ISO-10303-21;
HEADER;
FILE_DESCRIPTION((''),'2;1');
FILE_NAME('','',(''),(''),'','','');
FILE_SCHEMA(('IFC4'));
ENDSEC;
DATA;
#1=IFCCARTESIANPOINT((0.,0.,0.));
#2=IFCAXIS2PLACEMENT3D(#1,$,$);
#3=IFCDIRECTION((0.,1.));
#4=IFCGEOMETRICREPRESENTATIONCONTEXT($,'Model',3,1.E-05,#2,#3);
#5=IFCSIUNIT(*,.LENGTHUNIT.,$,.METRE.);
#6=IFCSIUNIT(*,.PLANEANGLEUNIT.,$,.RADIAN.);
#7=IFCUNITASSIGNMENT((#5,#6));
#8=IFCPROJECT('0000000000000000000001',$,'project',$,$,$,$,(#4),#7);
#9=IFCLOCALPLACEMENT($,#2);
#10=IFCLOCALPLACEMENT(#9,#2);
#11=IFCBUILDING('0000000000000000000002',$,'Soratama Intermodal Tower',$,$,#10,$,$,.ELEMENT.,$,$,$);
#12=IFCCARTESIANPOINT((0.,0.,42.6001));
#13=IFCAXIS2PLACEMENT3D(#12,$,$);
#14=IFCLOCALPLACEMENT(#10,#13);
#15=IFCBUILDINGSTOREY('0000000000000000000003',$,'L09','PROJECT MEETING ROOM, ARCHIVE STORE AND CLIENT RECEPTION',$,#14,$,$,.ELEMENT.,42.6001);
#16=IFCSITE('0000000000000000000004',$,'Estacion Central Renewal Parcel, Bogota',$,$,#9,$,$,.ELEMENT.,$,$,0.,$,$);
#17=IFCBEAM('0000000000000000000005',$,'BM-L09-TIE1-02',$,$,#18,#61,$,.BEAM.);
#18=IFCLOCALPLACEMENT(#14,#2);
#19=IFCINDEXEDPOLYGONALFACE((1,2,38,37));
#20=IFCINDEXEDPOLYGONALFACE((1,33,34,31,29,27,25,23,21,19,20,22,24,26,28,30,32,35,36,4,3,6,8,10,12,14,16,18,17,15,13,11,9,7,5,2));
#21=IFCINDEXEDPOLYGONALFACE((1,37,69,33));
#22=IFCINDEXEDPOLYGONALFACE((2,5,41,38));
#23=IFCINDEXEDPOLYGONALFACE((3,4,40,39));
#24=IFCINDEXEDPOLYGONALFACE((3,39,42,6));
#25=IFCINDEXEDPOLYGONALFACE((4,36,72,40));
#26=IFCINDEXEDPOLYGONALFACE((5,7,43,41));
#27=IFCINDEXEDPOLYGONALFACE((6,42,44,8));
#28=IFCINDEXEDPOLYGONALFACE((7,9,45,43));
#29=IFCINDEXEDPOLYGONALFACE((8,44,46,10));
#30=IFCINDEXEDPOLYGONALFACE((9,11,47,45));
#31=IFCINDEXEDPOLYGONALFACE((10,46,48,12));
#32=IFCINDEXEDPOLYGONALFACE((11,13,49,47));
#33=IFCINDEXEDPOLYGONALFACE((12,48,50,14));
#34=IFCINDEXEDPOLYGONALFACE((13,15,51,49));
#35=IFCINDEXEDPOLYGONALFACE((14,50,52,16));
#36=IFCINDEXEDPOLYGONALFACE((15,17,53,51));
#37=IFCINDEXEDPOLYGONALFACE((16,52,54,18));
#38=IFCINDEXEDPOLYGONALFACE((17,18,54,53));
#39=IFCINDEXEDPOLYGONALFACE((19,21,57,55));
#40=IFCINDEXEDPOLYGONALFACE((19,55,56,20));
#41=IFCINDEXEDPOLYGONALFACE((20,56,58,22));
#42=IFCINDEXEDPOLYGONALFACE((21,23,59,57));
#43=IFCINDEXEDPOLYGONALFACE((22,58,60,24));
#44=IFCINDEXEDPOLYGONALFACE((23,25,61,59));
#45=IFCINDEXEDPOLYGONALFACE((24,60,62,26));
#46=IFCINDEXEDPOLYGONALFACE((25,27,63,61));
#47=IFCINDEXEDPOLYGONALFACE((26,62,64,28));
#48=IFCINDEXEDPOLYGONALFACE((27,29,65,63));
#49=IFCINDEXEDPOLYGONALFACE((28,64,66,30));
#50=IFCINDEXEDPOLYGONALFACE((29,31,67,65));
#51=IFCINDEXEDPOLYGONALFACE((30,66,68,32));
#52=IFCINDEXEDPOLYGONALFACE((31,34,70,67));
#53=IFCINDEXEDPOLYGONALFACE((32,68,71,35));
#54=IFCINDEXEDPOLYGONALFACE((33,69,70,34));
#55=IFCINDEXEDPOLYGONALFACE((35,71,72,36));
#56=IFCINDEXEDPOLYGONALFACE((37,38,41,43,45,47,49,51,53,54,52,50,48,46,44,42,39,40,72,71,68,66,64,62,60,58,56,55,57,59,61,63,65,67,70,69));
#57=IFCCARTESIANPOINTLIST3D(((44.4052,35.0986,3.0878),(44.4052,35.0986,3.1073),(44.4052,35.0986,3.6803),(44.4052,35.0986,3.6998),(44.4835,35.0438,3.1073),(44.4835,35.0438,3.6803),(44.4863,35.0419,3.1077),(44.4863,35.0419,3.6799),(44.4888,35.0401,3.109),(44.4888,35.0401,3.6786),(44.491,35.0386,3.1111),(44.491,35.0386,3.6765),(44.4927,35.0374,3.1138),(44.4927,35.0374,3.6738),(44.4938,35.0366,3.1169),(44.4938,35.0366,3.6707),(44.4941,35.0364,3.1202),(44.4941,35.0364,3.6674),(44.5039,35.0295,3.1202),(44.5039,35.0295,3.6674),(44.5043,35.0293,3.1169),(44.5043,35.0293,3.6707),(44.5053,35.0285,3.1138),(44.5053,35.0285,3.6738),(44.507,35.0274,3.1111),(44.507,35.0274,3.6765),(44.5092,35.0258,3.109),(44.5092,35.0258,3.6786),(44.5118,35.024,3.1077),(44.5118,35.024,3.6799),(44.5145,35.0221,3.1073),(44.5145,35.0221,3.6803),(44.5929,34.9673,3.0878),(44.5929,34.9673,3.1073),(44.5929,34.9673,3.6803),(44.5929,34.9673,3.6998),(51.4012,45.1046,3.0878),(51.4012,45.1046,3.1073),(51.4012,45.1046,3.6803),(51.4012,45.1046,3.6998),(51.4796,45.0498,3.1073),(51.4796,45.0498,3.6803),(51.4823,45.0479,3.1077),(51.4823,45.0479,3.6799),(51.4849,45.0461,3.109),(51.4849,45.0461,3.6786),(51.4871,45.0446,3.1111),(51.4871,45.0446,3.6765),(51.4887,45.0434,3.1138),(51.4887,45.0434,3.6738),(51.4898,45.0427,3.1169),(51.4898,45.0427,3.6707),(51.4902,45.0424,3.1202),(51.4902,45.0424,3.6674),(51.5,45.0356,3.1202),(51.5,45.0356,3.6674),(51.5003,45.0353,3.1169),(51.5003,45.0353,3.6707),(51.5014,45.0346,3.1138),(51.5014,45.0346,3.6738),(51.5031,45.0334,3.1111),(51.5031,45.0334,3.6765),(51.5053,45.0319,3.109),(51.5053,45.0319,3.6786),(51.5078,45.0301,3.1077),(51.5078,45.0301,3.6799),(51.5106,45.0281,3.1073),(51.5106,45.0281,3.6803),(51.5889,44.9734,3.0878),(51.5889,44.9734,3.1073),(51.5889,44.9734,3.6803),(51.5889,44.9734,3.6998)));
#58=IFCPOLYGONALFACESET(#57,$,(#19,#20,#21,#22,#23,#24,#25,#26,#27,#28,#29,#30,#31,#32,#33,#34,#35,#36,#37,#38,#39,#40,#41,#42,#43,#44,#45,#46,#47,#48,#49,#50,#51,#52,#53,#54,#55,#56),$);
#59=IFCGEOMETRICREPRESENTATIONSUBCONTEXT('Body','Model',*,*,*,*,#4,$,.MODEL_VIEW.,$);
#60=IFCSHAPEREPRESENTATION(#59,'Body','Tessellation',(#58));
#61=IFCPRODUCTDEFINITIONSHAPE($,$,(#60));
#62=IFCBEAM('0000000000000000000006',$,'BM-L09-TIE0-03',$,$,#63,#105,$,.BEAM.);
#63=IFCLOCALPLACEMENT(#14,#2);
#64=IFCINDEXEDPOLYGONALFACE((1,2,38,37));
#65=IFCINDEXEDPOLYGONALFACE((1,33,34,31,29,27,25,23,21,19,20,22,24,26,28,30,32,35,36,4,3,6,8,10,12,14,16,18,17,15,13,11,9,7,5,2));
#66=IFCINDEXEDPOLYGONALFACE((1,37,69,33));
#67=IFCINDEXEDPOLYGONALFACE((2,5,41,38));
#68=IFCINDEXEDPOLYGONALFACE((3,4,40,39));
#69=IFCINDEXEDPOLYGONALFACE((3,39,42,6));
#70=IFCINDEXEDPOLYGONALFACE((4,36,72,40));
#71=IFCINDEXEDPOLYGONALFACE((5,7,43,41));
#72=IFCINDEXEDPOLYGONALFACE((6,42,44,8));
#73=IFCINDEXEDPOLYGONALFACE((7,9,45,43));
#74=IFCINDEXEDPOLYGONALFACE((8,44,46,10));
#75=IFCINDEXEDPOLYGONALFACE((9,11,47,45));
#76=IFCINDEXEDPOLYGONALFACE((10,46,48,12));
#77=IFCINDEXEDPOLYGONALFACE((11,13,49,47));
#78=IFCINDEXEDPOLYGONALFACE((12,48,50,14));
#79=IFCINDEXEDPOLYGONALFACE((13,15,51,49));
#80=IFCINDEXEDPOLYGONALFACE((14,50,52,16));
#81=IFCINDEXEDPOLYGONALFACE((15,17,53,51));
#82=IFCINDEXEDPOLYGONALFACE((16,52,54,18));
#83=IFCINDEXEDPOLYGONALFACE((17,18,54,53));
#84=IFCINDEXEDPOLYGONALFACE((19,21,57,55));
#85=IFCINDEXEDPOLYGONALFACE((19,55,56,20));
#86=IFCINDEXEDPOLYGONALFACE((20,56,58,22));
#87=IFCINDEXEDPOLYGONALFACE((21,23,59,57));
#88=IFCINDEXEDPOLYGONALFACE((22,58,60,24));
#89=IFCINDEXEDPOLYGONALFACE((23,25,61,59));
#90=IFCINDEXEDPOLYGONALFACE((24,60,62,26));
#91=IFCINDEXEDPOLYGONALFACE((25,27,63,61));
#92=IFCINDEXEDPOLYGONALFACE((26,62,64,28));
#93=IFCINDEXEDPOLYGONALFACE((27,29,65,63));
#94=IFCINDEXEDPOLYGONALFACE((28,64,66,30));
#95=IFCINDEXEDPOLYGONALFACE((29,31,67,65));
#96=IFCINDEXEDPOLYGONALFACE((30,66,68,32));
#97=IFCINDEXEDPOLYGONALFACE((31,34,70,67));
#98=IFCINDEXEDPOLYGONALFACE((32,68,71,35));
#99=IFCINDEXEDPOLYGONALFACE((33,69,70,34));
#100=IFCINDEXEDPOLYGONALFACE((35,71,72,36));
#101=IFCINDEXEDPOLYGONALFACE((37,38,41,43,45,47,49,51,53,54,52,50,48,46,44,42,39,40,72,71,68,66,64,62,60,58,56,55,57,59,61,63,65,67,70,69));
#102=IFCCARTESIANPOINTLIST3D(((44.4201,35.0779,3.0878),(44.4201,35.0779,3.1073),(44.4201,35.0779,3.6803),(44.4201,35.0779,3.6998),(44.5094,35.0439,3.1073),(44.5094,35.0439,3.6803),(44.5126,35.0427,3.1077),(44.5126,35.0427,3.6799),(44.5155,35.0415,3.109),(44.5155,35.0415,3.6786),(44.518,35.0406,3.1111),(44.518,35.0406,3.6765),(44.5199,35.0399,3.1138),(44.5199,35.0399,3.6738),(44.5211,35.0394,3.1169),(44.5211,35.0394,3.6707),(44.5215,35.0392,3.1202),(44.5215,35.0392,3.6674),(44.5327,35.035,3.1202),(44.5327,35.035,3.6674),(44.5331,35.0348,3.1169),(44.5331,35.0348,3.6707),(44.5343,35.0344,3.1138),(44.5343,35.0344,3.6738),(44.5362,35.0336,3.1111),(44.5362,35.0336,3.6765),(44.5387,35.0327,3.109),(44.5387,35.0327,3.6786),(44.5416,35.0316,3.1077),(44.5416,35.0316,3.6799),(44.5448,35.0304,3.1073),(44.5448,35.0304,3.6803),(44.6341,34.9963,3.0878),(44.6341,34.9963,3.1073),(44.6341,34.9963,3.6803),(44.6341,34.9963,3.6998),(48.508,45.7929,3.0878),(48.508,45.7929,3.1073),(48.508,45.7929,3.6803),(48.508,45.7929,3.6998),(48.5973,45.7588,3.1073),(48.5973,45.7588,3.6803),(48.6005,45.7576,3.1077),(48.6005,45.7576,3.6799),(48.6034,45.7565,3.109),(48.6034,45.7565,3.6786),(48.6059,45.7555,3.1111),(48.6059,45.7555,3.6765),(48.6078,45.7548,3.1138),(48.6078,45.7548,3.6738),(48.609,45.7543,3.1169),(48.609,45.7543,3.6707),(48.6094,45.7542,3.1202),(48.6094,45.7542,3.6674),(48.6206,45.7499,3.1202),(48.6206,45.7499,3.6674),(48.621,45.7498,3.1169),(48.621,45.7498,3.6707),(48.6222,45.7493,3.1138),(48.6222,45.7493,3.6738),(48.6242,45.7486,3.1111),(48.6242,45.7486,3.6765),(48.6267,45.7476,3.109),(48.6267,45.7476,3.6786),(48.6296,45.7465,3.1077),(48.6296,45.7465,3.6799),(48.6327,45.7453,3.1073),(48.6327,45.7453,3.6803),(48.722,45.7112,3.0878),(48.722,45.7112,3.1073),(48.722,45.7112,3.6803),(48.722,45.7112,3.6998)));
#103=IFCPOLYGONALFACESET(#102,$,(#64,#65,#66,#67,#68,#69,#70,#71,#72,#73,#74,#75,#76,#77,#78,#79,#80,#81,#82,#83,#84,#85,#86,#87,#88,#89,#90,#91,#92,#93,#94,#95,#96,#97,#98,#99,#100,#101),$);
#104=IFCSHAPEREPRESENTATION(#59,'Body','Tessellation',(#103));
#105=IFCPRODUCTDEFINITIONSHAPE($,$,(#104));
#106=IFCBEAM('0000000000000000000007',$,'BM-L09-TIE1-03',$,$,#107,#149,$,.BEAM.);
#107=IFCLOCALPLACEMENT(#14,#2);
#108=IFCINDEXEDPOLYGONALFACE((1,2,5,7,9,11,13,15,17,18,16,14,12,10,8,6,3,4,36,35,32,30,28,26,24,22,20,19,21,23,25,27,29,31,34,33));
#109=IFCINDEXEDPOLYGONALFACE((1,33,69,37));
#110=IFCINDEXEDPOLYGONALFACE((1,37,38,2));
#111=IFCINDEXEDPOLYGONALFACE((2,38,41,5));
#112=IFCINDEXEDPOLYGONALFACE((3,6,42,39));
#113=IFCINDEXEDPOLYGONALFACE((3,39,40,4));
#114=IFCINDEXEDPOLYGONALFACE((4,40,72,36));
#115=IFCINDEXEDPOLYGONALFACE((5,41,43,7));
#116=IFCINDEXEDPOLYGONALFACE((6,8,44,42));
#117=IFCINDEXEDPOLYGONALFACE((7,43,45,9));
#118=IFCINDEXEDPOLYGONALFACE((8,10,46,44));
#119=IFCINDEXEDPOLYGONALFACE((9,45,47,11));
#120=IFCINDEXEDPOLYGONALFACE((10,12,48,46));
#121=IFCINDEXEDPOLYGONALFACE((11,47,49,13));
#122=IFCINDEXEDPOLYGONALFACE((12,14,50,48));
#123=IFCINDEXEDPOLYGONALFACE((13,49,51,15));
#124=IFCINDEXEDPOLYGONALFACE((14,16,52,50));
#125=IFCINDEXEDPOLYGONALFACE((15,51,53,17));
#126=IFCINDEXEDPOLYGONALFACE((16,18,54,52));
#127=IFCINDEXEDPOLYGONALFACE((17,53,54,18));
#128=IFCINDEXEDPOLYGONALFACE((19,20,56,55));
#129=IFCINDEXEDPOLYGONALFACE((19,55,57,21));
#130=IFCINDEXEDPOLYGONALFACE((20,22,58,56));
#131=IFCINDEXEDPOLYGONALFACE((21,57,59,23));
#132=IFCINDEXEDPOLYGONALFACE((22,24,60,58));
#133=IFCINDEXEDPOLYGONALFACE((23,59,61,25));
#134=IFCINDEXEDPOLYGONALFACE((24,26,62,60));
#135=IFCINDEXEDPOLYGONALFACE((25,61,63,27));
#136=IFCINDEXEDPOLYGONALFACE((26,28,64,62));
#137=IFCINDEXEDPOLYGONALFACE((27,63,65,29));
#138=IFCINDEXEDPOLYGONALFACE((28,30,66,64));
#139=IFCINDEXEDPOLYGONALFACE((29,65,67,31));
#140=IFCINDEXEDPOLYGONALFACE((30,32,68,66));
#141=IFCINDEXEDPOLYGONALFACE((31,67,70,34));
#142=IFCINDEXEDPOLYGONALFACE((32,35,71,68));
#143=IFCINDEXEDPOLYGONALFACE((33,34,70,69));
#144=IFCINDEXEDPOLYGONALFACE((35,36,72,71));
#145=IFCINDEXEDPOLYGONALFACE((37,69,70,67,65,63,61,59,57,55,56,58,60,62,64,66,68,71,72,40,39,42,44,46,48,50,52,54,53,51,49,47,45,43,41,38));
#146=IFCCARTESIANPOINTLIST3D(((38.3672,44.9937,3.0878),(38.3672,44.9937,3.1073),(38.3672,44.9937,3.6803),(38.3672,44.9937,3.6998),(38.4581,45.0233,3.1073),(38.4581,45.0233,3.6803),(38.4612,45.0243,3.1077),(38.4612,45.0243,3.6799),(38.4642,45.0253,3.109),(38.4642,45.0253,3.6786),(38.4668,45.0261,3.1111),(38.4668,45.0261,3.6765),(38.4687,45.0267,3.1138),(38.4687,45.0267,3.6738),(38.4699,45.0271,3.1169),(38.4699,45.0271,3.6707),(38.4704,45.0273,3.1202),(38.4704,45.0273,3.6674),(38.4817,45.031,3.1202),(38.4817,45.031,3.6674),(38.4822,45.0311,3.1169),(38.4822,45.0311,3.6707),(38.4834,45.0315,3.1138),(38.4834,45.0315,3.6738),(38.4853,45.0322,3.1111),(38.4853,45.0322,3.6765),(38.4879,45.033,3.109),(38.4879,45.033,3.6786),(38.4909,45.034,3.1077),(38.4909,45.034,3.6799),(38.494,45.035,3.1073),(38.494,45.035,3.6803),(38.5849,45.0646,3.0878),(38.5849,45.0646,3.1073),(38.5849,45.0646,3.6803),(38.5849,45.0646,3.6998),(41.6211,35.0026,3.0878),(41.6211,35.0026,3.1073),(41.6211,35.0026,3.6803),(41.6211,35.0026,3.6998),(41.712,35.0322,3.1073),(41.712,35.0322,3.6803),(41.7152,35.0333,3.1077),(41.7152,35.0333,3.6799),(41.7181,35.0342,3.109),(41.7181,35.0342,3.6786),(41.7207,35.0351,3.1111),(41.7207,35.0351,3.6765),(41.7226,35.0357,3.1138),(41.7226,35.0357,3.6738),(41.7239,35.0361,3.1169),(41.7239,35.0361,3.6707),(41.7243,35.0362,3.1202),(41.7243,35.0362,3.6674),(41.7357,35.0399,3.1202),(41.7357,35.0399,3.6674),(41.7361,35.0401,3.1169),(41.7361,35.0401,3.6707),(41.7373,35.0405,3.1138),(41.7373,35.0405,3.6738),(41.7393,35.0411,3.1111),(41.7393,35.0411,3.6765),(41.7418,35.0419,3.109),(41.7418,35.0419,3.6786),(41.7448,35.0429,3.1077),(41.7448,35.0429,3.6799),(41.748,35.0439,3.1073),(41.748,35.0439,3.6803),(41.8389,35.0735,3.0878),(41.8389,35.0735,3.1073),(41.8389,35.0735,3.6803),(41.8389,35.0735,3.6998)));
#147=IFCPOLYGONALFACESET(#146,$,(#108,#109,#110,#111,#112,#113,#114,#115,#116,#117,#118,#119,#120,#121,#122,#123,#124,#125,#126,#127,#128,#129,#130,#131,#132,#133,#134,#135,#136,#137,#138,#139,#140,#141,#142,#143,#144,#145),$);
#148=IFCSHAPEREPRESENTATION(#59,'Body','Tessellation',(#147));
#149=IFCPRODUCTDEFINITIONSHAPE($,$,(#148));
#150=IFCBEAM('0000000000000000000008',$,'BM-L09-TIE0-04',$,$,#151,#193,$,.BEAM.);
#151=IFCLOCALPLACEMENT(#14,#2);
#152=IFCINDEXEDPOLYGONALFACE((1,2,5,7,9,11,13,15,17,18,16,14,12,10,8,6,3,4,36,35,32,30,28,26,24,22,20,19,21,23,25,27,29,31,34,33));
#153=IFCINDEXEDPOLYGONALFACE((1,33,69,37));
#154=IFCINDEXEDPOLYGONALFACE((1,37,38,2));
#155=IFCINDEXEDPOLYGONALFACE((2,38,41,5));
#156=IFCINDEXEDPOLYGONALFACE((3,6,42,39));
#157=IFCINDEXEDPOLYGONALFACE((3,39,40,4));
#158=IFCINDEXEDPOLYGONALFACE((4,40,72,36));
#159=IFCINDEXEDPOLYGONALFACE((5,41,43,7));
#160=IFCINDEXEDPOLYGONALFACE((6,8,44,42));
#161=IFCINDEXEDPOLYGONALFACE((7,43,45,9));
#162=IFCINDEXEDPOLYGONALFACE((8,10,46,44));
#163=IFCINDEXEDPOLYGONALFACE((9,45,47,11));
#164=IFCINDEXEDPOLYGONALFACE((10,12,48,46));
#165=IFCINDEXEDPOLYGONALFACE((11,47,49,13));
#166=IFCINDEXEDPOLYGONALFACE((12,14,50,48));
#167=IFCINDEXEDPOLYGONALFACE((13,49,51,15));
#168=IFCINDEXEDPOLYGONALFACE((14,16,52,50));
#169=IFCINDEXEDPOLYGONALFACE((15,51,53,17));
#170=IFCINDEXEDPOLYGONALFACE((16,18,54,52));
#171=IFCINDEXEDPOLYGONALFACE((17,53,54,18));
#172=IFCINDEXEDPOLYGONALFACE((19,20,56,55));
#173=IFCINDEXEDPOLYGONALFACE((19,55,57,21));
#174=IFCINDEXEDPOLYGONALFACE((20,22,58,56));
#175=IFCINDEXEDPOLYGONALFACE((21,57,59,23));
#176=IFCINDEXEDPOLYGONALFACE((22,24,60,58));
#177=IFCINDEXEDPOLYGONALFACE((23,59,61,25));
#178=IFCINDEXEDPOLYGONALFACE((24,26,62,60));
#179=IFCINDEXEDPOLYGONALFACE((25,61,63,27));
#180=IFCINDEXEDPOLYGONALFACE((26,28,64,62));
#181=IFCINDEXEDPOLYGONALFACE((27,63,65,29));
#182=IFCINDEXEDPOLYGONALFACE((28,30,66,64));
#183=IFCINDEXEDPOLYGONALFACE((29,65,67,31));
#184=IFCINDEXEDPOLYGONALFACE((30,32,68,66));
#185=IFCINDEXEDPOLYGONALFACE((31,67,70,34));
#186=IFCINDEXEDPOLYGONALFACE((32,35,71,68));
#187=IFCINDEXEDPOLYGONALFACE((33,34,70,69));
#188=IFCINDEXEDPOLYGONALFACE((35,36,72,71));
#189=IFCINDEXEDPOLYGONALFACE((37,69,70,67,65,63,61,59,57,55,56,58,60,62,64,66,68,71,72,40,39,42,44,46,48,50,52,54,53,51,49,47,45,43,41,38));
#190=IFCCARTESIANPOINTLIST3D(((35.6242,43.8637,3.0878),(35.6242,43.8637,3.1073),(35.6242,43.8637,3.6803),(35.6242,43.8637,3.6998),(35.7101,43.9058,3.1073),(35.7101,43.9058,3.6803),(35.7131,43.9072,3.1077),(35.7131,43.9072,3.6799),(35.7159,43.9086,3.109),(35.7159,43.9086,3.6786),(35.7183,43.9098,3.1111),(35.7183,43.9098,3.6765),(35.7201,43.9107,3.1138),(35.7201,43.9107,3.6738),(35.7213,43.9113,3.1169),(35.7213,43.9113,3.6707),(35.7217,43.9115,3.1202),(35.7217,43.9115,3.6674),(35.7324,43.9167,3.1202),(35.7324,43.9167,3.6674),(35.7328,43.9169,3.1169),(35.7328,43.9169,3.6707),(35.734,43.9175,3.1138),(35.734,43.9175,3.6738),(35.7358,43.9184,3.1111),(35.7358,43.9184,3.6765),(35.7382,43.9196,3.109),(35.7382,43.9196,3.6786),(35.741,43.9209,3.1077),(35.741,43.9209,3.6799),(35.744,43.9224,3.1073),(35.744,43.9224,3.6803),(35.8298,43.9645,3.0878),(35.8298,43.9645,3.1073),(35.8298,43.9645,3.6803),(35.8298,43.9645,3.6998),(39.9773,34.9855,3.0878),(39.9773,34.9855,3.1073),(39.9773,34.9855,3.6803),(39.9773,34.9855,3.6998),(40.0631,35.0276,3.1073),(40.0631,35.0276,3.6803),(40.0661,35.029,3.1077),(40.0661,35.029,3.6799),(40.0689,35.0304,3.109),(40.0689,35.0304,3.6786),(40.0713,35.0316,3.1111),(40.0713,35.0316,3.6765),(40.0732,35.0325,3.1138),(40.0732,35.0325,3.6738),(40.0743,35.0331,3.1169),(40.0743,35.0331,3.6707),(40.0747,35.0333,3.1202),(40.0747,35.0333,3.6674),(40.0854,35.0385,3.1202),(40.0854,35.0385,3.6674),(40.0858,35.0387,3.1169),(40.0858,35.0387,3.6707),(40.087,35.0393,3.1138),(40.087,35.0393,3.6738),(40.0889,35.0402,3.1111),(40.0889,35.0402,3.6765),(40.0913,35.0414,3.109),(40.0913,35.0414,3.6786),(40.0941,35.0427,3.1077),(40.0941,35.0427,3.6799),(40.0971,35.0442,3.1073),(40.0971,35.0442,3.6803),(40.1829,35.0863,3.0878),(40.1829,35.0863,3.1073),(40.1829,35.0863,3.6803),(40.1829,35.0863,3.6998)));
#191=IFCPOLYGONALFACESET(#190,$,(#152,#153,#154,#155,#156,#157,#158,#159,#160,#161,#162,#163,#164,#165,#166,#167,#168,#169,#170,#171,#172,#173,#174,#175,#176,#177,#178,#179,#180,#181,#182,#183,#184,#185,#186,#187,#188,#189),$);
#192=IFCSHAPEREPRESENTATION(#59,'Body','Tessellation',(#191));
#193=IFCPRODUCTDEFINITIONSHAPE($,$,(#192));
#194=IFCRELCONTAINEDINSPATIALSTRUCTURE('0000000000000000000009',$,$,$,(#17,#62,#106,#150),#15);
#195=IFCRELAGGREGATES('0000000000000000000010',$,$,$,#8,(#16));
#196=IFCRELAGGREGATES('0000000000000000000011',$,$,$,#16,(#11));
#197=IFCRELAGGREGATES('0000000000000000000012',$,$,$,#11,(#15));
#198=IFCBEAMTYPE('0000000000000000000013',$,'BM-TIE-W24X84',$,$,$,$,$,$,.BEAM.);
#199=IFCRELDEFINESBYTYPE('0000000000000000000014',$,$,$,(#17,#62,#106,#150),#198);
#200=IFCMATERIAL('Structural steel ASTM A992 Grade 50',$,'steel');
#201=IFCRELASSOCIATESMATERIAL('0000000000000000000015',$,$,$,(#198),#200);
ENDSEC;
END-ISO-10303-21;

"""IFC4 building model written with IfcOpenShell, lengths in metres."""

from ifc_helpers import new_model, si_unit, direction, frame, origin, origin_2d, place, context, subcontext, project, spatial, i_section, extrude, material, material_profile, profile_set, type_object, element, save


model = new_model("IFC4")

# Units and contexts
model_context = context("Model", 3, precision=1e-05, world=origin(), true_north=direction((0.0, 1.0)))
body_context = subcontext(model_context, "Body", "Model", "MODEL_VIEW")
ifc_project = project(units=[si_unit("LENGTHUNIT", "METRE"), si_unit("PLANEANGLEUNIT", "RADIAN")], contexts=[model_context])

# Site, building, storey
site_placement = place(None, origin())
site = spatial("IfcSite", under=ifc_project, at=site_placement, Name="Estacion Central Renewal Parcel, Bogota", CompositionType="ELEMENT", RefElevation=0.0)
building_placement = place(site_placement, origin())
building = spatial("IfcBuilding", under=site, at=building_placement, Name="Soratama Intermodal Tower", CompositionType="ELEMENT")
storey_placement = place(building_placement, frame((0.0, 0.0, 42.6001)))
storey = spatial("IfcBuildingStorey", under=building, at=storey_placement, Name="L09", Description="PROJECT MEETING ROOM, ARCHIVE STORE AND CLIENT RECEPTION", CompositionType="ELEMENT", Elevation=42.6001)

# Beams
ifc_material_1 = material(Name="Structural steel ASTM A992 Grade 50", Category="steel")
ifc_material_profile_1 = material_profile(ifc_material_1, i_section(OverallWidth=0.229, OverallDepth=0.6121, WebThickness=0.012, FlangeThickness=0.0195, FilletRadius=0.0129, at=origin_2d()), Name="W24X84")
ifc_profile_set_1 = profile_set([ifc_material_profile_1], Name="Structural steel ASTM A992 Grade 50")
beam_type_1 = type_object("IfcBeamType", Name="BM-TIE-W24X84", PredefinedType="BEAM", material=ifc_profile_set_1)
beam_1_placement = place(storey_placement, frame((44.499, 35.033, 3.3938), z_axis=(0.573013, 0.819547, 0.0), x_axis=(-0.819547, 0.573013, 0.0)))
element("IfcBeam", 1, at=beam_1_placement, inside=storey, type_object=beam_type_1, Name="BM-L09-TIE1-02", PredefinedType="BEAM", context=body_context, shape_type="SweptSolid", body=[
    extrude(i_section(OverallWidth=0.229, OverallDepth=0.6121, WebThickness=0.012, FlangeThickness=0.0195, FilletRadius=0.0129, at=origin_2d()), origin(), (0.0, 0.0, 1.0), 12.2092),
])
beam_2_placement = place(storey_placement, frame((44.5271, 35.0371, 3.3938), z_axis=(0.356456, 0.934312, 0.0), x_axis=(-0.934312, 0.356456, 0.0)))
element("IfcBeam", 2, at=beam_2_placement, inside=storey, type_object=beam_type_1, Name="BM-L09-TIE0-03", PredefinedType="BEAM", context=body_context, shape_type="SweptSolid", body=[
    extrude(i_section(OverallWidth=0.229, OverallDepth=0.6121, WebThickness=0.012, FlangeThickness=0.0195, FilletRadius=0.0129, at=origin_2d()), origin(), (0.0, 0.0, 1.0), 11.4683),
])
beam_3_placement = place(storey_placement, frame((41.73, 35.0381, 3.3938), z_axis=(-0.309675, 0.950842, 0.0), x_axis=(-0.950842, -0.309675, 0.0)))
element("IfcBeam", 3, at=beam_3_placement, inside=storey, type_object=beam_type_1, Name="BM-L09-TIE1-03", PredefinedType="BEAM", context=body_context, shape_type="SweptSolid", body=[
    extrude(i_section(OverallWidth=0.229, OverallDepth=0.6121, WebThickness=0.012, FlangeThickness=0.0195, FilletRadius=0.0129, at=origin_2d()), origin(), (0.0, 0.0, 1.0), 10.5076),
])
beam_4_placement = place(storey_placement, frame((40.0801, 35.0359, 3.3938), z_axis=(-0.440237, 0.897881, 0.0), x_axis=(-0.897881, -0.440237, 0.0)))
element("IfcBeam", 4, at=beam_4_placement, inside=storey, type_object=beam_type_1, Name="BM-L09-TIE0-04", PredefinedType="BEAM", context=body_context, shape_type="SweptSolid", body=[
    extrude(i_section(OverallWidth=0.229, OverallDepth=0.6121, WebThickness=0.012, FlangeThickness=0.0195, FilletRadius=0.0129, at=origin_2d()), origin(), (0.0, 0.0, 1.0), 9.8879),
])

save(model, "model.ifc")
